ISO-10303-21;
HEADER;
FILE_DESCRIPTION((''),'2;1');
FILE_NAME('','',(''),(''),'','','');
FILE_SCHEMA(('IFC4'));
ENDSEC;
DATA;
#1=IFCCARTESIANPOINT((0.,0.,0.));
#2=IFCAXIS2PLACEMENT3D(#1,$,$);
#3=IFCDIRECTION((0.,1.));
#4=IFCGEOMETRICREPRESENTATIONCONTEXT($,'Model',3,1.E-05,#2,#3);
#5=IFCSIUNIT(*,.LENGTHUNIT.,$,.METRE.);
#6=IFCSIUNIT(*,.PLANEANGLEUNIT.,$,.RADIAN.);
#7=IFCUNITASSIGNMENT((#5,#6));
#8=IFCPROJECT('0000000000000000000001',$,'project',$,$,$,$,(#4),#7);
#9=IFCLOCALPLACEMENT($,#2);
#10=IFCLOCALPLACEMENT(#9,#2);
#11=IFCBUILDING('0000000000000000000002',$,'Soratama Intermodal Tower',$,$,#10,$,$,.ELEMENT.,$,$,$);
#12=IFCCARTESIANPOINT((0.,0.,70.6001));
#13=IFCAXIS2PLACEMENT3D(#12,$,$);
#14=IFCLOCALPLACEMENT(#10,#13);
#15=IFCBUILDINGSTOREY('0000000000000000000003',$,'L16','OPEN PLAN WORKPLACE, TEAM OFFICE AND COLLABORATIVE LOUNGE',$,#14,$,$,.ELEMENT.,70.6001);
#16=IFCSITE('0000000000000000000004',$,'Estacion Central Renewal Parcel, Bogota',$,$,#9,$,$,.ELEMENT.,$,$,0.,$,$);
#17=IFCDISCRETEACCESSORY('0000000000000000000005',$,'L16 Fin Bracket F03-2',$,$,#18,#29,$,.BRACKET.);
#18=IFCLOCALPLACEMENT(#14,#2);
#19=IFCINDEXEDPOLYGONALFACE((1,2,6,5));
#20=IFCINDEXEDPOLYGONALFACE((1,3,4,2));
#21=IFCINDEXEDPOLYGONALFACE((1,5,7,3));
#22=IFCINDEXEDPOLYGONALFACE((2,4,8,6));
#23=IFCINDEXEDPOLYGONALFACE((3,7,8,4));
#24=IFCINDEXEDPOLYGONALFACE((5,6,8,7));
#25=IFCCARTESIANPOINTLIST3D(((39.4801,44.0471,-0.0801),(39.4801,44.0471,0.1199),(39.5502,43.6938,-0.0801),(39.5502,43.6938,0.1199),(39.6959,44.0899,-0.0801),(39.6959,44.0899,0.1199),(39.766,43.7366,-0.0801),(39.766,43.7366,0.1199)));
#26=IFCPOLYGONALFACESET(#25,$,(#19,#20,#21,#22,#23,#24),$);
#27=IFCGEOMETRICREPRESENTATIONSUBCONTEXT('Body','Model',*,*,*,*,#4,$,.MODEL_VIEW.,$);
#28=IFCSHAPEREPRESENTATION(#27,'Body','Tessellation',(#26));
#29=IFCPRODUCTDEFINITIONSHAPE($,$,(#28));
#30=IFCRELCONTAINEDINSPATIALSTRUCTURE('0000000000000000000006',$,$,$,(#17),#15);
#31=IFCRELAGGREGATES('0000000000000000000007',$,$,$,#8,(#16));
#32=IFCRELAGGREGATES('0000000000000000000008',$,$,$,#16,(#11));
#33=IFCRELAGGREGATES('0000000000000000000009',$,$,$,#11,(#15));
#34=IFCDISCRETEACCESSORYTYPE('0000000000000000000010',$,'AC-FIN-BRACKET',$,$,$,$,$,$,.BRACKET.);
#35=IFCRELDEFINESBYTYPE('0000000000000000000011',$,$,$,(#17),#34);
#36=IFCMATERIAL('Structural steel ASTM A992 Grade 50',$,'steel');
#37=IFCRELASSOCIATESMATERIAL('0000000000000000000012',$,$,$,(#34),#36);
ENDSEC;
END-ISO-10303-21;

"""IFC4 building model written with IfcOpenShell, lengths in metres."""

from ifc_helpers import new_model, si_unit, direction, frame, origin, origin_2d, place, context, subcontext, project, spatial, rectangle, extrude, material, type_object, element, save


model = new_model("IFC4")

# Units and contexts
model_context = context("Model", 3, precision=1e-05, world=origin(), true_north=direction((0.0, 1.0)))
body_context = subcontext(model_context, "Body", "Model", "MODEL_VIEW")
ifc_project = project(units=[si_unit("LENGTHUNIT", "METRE"), si_unit("PLANEANGLEUNIT", "RADIAN")], contexts=[model_context])

# Site, building, storey
site_placement = place(None, origin())
site = spatial("IfcSite", under=ifc_project, at=site_placement, Name="Estacion Central Renewal Parcel, Bogota", CompositionType="ELEMENT", RefElevation=0.0)
building_placement = place(site_placement, origin())
building = spatial("IfcBuilding", under=site, at=building_placement, Name="Soratama Intermodal Tower", CompositionType="ELEMENT")
storey_placement = place(building_placement, frame((0.0, 0.0, 70.6001)))
storey = spatial("IfcBuildingStorey", under=building, at=storey_placement, Name="L16", Description="OPEN PLAN WORKPLACE, TEAM OFFICE AND COLLABORATIVE LOUNGE", CompositionType="ELEMENT", Elevation=70.6001)

# Discrete accessory
ifc_material_1 = material(Name="Structural steel ASTM A992 Grade 50", Category="steel")
discrete_accessory_type = type_object("IfcDiscreteAccessoryType", Name="AC-FIN-BRACKET", PredefinedType="BRACKET", material=ifc_material_1)
for number, where, z_axis, x_axis, name in (
    (1, (39.623, 43.8918, -0.0801), (0.0, 0.0, 1.0), (-0.194577, 0.980887, 0.0), "L16 Fin Bracket F03-2"),
):
    element("IfcDiscreteAccessory", number, at=place(storey_placement, frame(where, z_axis=z_axis, x_axis=x_axis)), inside=storey, type_object=discrete_accessory_type, Name=name, PredefinedType="BRACKET", context=body_context, shape_type="SweptSolid", body=[
        extrude(rectangle(XDim=0.3601, YDim=0.22, at=origin_2d()), origin(), (0.0, 0.0, 1.0), 0.2),
    ])

save(model, "model.ifc")
